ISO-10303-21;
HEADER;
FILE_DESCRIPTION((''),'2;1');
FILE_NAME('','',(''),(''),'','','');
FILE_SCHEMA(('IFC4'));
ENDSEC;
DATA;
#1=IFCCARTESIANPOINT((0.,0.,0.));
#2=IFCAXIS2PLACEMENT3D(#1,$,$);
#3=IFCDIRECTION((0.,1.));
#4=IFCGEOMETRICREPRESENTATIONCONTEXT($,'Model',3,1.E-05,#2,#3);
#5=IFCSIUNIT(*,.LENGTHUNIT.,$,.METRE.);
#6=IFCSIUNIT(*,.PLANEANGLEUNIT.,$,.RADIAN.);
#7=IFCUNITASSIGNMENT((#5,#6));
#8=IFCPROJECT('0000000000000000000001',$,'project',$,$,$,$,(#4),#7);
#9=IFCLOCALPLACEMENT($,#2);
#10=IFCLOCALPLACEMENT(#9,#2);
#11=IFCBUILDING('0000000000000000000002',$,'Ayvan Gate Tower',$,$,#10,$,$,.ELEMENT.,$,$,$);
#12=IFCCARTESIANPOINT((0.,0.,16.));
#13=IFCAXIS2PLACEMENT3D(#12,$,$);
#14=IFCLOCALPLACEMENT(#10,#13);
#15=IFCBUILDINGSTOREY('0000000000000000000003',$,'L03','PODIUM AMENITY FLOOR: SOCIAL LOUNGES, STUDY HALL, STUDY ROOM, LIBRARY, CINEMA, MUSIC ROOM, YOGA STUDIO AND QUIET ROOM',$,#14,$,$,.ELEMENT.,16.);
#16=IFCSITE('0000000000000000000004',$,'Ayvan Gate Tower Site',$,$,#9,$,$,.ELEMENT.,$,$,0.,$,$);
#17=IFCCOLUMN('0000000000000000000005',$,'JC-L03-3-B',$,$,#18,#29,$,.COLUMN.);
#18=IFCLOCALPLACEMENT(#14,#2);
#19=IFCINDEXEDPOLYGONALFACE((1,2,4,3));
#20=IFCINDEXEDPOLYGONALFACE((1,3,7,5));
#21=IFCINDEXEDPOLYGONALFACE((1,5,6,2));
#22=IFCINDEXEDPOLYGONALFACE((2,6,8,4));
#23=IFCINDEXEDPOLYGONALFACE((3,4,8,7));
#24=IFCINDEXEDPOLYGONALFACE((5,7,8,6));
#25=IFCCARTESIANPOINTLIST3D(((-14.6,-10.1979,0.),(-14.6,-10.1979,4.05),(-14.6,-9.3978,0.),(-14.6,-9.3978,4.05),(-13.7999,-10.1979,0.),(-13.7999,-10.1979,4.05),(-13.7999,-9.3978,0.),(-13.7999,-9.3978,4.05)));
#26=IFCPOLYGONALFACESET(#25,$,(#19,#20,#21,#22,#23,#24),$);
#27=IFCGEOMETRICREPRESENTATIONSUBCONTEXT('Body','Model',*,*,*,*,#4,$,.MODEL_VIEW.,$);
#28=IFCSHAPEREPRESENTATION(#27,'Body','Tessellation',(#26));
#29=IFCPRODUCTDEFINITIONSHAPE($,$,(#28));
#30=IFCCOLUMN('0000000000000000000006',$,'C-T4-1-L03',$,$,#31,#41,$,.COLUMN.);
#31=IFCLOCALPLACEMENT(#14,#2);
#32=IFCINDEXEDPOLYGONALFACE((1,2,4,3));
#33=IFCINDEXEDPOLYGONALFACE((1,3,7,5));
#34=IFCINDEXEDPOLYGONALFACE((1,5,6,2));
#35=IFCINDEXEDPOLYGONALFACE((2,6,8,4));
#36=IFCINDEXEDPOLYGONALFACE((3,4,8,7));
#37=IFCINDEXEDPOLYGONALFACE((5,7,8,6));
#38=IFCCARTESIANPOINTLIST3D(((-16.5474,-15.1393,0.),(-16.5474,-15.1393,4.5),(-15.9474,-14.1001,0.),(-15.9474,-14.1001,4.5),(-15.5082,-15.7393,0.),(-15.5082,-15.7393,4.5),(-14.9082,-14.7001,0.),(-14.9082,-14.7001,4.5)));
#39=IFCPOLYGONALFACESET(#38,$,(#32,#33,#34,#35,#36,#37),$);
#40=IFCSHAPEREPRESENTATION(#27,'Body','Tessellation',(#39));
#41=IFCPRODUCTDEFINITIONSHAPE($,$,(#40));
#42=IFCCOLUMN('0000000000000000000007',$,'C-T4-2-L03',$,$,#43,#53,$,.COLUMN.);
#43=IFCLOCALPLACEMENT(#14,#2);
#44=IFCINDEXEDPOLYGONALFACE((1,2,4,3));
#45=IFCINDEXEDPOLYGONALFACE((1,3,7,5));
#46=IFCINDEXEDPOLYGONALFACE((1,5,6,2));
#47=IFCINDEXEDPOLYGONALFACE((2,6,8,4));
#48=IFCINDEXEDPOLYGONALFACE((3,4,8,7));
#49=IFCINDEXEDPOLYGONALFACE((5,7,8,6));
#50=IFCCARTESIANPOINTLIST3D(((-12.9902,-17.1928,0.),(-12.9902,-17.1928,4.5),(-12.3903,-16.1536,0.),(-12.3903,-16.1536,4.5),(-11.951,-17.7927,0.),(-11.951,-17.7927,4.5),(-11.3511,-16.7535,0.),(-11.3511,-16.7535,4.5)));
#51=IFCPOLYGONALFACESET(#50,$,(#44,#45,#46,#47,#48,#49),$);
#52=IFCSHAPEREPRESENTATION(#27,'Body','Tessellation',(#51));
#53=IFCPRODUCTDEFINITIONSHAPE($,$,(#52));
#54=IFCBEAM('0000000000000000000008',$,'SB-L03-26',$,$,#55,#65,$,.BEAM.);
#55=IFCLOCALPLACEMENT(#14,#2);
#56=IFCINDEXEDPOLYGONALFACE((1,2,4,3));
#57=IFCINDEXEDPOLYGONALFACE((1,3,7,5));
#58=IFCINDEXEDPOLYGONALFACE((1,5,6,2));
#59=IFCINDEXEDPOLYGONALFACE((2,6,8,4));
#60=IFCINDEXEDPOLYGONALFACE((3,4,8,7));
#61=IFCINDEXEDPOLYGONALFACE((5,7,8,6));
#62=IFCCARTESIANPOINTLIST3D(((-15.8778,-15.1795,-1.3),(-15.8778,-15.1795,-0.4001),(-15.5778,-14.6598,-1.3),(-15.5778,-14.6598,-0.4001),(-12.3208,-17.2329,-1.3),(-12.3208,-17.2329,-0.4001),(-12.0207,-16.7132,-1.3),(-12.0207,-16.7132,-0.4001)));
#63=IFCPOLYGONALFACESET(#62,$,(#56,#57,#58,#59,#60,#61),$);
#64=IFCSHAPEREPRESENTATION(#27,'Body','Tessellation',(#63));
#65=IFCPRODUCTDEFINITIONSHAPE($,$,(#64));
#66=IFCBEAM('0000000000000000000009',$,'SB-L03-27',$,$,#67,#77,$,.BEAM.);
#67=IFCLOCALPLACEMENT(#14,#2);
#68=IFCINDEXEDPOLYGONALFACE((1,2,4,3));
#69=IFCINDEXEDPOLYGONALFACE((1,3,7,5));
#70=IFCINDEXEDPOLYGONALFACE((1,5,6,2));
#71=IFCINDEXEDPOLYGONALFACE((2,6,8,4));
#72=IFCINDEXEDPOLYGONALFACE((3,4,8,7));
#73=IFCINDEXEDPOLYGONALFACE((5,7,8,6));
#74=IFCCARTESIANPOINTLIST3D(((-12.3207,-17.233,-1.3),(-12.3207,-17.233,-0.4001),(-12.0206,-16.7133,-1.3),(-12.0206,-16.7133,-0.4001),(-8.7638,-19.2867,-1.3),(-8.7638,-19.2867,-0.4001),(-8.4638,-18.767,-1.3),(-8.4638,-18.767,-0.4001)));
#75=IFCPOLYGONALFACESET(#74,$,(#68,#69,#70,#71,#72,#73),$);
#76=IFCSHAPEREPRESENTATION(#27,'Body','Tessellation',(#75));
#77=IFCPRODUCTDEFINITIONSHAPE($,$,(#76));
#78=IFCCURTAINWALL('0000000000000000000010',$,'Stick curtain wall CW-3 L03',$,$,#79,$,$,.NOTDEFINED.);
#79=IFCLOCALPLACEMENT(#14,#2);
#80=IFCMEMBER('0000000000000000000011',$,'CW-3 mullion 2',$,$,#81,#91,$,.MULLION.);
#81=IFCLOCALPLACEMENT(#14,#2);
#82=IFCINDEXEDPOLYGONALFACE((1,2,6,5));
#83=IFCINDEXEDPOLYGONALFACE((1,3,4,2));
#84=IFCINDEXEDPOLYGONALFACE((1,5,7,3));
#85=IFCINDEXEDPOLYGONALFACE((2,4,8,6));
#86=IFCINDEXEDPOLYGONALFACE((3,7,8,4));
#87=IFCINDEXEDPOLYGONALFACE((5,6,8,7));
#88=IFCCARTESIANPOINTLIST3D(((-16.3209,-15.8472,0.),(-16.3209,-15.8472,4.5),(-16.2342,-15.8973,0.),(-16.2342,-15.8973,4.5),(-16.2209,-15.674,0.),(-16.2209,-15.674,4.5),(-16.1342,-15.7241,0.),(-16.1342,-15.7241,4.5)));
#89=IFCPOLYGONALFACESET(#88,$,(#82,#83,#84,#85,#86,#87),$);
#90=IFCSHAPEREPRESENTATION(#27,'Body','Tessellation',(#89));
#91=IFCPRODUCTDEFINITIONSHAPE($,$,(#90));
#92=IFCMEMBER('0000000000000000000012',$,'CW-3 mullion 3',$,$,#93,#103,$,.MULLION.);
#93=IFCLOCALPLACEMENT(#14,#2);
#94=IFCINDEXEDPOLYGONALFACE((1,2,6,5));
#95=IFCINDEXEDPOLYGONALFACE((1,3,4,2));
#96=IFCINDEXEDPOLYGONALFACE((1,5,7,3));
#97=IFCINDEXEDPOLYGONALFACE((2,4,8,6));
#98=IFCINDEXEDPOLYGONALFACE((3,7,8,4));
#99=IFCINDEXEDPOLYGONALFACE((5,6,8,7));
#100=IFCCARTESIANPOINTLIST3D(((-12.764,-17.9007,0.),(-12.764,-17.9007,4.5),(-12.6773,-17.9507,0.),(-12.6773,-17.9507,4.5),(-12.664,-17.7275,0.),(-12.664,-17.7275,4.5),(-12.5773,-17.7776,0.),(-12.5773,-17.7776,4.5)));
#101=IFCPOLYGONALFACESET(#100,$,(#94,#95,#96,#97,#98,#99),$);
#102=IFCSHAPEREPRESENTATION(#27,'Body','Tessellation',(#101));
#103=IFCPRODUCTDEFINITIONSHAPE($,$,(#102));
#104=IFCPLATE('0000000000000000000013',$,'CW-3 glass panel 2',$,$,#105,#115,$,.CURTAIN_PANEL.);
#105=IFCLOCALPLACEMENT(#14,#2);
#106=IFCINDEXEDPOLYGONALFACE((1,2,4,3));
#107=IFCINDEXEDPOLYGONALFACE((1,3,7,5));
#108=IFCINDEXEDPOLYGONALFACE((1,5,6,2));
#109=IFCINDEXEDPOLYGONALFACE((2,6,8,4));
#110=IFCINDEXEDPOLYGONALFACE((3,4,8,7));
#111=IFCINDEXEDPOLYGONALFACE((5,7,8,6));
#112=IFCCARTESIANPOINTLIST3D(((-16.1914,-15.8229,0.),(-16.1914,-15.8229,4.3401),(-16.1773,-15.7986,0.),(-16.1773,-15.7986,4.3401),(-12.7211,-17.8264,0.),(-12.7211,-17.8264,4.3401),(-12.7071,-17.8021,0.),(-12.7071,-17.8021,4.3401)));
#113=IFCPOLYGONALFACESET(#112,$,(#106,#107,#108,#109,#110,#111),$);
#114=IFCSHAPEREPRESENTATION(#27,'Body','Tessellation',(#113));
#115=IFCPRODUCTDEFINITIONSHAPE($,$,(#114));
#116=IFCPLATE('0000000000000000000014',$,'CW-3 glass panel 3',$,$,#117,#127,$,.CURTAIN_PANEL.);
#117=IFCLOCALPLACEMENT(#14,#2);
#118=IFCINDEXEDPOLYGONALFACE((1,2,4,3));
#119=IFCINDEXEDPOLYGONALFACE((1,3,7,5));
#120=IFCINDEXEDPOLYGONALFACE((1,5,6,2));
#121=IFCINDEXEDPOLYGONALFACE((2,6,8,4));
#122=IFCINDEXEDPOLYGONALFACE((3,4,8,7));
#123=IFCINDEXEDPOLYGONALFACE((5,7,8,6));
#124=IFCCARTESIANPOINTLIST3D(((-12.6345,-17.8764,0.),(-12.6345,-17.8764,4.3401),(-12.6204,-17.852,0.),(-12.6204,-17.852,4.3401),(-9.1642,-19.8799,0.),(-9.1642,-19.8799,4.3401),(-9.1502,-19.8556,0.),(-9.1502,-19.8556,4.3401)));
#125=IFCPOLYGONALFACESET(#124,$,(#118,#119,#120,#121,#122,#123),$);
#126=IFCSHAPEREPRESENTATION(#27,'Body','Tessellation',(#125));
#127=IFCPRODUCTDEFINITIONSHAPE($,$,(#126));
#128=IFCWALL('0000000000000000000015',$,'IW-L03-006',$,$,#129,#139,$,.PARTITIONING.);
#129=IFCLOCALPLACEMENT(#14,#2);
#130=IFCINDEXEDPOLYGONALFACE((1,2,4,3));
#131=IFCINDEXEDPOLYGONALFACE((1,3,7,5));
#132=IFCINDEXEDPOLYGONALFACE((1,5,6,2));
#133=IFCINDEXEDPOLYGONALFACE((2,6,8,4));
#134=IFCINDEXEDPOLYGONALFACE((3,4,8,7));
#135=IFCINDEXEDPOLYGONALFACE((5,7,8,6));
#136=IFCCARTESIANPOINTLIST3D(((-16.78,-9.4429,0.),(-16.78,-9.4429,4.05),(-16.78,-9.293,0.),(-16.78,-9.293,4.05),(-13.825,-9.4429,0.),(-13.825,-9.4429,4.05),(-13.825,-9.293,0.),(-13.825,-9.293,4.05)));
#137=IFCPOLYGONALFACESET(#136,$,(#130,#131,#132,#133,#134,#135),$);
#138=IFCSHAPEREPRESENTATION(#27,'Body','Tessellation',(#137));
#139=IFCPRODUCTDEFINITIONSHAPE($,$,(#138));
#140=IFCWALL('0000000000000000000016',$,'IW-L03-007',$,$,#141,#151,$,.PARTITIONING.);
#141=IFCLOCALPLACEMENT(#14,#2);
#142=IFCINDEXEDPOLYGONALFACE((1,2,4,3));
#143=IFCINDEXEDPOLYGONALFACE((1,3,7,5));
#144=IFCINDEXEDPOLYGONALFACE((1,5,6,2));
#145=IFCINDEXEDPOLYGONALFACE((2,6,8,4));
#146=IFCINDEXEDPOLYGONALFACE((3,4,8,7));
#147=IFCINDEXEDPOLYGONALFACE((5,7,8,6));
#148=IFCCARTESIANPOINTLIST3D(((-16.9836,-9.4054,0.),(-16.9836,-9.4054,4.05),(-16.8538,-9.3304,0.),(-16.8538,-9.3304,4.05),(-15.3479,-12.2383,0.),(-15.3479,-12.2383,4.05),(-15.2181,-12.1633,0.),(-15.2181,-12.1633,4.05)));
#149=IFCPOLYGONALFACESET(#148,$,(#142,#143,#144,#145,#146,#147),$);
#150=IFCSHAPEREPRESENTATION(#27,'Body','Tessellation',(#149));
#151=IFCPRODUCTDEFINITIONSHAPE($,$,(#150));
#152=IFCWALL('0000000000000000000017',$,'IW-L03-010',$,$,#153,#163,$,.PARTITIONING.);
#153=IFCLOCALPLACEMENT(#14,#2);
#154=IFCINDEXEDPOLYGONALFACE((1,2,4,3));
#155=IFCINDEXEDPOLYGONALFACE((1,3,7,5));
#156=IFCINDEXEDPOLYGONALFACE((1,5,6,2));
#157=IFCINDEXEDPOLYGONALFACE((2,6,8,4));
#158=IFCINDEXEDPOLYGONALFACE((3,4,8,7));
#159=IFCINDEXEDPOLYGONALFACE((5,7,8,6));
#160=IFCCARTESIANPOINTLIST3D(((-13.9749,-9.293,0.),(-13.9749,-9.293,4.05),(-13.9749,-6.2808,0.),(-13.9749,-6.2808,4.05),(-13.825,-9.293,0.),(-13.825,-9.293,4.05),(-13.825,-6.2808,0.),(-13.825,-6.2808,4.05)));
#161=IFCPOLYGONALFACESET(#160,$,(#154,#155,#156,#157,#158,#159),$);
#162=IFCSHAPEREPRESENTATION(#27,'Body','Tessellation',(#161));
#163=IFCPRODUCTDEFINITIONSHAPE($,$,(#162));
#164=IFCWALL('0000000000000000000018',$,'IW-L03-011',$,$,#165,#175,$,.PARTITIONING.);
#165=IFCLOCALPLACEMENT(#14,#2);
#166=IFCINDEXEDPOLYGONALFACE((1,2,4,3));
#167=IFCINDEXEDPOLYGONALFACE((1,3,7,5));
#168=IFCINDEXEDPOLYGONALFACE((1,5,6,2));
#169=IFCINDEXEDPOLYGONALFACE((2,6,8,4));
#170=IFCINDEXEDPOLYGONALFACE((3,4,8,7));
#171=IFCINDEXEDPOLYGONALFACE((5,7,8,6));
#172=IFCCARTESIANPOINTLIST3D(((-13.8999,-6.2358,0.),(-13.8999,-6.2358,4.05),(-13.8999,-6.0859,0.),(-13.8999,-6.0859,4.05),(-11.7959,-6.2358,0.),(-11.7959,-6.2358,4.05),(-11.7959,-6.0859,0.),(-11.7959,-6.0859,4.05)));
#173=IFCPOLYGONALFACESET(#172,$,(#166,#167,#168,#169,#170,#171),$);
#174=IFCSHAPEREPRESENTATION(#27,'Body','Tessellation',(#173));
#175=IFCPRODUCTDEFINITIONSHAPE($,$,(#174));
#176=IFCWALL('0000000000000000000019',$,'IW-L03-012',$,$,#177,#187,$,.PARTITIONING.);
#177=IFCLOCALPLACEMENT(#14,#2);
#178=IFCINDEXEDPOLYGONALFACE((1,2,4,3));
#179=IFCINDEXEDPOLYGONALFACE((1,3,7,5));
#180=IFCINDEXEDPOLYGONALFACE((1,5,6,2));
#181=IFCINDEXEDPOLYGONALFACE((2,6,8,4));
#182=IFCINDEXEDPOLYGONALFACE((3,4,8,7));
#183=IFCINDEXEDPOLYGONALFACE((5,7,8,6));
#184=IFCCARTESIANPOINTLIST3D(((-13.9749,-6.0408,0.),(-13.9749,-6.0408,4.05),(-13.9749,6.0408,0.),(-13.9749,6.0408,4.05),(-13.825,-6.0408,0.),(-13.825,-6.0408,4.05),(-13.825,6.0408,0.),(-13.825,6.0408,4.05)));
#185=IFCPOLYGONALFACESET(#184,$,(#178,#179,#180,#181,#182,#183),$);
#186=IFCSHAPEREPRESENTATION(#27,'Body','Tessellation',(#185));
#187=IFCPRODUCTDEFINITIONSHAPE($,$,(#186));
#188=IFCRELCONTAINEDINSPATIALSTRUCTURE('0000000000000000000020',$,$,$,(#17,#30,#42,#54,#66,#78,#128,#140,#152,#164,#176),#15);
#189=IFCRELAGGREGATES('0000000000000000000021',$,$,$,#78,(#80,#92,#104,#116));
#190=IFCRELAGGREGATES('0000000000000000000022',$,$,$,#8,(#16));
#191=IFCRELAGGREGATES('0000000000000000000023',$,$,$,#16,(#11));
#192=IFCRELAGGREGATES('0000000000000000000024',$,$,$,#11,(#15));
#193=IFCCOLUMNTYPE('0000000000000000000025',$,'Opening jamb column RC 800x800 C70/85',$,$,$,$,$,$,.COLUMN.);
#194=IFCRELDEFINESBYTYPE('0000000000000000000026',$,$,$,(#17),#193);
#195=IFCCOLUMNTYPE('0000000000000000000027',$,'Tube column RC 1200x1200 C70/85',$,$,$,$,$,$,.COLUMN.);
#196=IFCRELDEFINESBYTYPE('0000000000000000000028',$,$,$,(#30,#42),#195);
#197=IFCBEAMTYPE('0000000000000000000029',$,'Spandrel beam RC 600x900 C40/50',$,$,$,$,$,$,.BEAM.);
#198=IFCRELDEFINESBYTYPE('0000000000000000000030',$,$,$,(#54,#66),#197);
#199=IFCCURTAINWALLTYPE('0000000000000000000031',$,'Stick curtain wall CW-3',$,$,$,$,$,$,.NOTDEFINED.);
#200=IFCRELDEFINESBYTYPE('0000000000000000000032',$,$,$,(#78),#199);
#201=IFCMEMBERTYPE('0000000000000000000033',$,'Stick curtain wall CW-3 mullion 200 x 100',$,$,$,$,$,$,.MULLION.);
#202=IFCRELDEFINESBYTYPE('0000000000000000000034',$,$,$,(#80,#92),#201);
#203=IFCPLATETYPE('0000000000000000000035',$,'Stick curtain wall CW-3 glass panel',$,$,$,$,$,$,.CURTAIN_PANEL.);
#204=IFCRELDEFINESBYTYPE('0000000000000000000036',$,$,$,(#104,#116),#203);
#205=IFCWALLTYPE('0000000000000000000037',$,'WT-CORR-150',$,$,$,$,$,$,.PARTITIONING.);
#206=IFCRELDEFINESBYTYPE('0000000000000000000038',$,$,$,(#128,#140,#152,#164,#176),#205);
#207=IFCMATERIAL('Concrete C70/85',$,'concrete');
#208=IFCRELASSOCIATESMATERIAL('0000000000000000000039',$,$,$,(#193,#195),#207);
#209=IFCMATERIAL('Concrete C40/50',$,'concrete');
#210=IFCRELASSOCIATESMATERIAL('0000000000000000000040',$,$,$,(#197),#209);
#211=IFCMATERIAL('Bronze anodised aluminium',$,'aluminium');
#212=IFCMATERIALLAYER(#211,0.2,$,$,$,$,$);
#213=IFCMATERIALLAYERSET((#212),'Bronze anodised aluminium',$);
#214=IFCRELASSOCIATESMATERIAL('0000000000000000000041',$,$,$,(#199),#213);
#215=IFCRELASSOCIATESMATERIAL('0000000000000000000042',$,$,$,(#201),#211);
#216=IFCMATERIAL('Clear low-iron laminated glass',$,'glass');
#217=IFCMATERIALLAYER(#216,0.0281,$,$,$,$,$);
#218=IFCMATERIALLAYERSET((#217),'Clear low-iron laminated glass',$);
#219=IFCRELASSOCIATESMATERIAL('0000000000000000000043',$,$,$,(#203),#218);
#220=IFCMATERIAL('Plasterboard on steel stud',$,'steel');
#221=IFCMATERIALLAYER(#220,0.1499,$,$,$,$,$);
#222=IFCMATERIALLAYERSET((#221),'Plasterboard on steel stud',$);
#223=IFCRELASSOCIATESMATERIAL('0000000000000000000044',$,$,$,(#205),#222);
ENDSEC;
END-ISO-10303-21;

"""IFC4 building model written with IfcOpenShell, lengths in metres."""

from ifc_helpers import new_model, si_unit, direction, frame, frame_2d, origin, origin_2d, place, context, subcontext, project, spatial, rectangle, extrude, material, layer, layer_set, material_profile, profile_set, type_object, element, aggregate, save


model = new_model("IFC4")

# Units and contexts
model_context = context("Model", 3, precision=1e-05, world=origin(), true_north=direction((0.0, 1.0)))
body_context = subcontext(model_context, "Body", "Model", "MODEL_VIEW")
ifc_project = project(units=[si_unit("LENGTHUNIT", "METRE"), si_unit("PLANEANGLEUNIT", "RADIAN")], contexts=[model_context])

# Site, building, storey
site_placement = place(None, origin())
site = spatial("IfcSite", under=ifc_project, at=site_placement, Name="Ayvan Gate Tower Site", CompositionType="ELEMENT", RefElevation=0.0)
building_placement = place(site_placement, origin())
building = spatial("IfcBuilding", under=site, at=building_placement, Name="Ayvan Gate Tower", CompositionType="ELEMENT")
storey_placement = place(building_placement, frame((0.0, 0.0, 16.0)))
storey = spatial("IfcBuildingStorey", under=building, at=storey_placement, Name="L03", Description="PODIUM AMENITY FLOOR: SOCIAL LOUNGES, STUDY HALL, STUDY ROOM, LIBRARY, CINEMA, MUSIC ROOM, YOGA STUDIO AND QUIET ROOM", CompositionType="ELEMENT", Elevation=16.0)

# Columns
ifc_material_1 = material(Name="Concrete C70/85", Category="concrete")
ifc_material_profile_1 = material_profile(ifc_material_1, rectangle(XDim=0.8, YDim=0.8, at=origin_2d()), Name="RC 800x800")
ifc_profile_set_1 = profile_set([ifc_material_profile_1], Name="Concrete C70/85")
column_type_1 = type_object("IfcColumnType", Name="Opening jamb column RC 800x800 C70/85", PredefinedType="COLUMN", material=ifc_profile_set_1)
column_placement = place(storey_placement, frame((-14.2, -9.7979, 0.0), z_axis=(0.0, 0.0, 1.0), x_axis=(-1.0, 0.0, 0.0)))
element("IfcColumn", 1, at=column_placement, inside=storey, type_object=column_type_1, Name="JC-L03-3-B", PredefinedType="COLUMN", context=body_context, shape_type="SweptSolid", body=[
    extrude(rectangle(XDim=0.8, YDim=0.8, at=origin_2d()), origin(), (0.0, 0.0, 1.0), 4.05),
])
ifc_material_profile_2 = material_profile(ifc_material_1, rectangle(XDim=1.2, YDim=1.2, at=origin_2d()), Name="RC 1200x1200")
ifc_profile_set_2 = profile_set([ifc_material_profile_2], Name="Concrete C70/85")
column_type_2 = type_object("IfcColumnType", Name="Tube column RC 1200x1200 C70/85", PredefinedType="COLUMN", material=ifc_profile_set_2)
for number, where, z_axis, x_axis, name in (
    (2, (-15.7278, -14.9197, 0.0), (0.0, 0.0, 1.0), (-0.5, -0.866025, 0.0), "C-T4-1-L03"),
    (3, (-12.1707, -16.9731, 0.0), (0.0, 0.0, 1.0), (-0.5, -0.866025, 0.0), "C-T4-2-L03"),
):
    element("IfcColumn", number, at=place(storey_placement, frame(where, z_axis=z_axis, x_axis=x_axis)), inside=storey, type_object=column_type_2, Name=name, PredefinedType="COLUMN", context=body_context, shape_type="SweptSolid", body=[
        extrude(rectangle(XDim=1.2, YDim=1.2, at=origin_2d()), origin(), (0.0, 0.0, 1.0), 4.5),
    ])

# Beams
ifc_material_2 = material(Name="Concrete C40/50", Category="concrete")
ifc_material_profile_3 = material_profile(ifc_material_2, rectangle(XDim=0.6001, YDim=0.8999, at=origin_2d()), Name="RC 600x900")
ifc_profile_set_3 = profile_set([ifc_material_profile_3], Name="Concrete C40/50")
beam_type = type_object("IfcBeamType", Name="Spandrel beam RC 600x900 C40/50", PredefinedType="BEAM", material=ifc_profile_set_3)
for number, where, z_axis, x_axis, name in (
    (4, (-15.7278, -14.9197, -0.8501), (0.866051, -0.499956, 0.0), (0.499956, 0.866051, 0.0), "SB-L03-26"),
    (5, (-12.1707, -16.9731, -0.8501), (0.86601, -0.500026, 0.0), (0.500026, 0.86601, 0.0), "SB-L03-27"),
):
    element("IfcBeam", number, at=place(storey_placement, frame(where, z_axis=z_axis, x_axis=x_axis)), inside=storey, type_object=beam_type, Name=name, PredefinedType="BEAM", context=body_context, shape_type="SweptSolid", body=[
        extrude(rectangle(XDim=0.6001, YDim=0.8999, at=origin_2d()), origin(), (0.0, 0.0, 1.0), 4.1072),
    ])

# Curtain wall, members, plates
ifc_material_3 = material(Name="Bronze anodised aluminium", Category="aluminium")
ifc_layer_1 = layer(ifc_material_3, 0.2)
ifc_layer_set_1 = layer_set([ifc_layer_1], Name="Bronze anodised aluminium")
curtain_wall_type = type_object("IfcCurtainWallType", Name="Stick curtain wall CW-3", PredefinedType="NOTDEFINED", material=ifc_layer_set_1)
curtain_wall_placement = place(storey_placement, origin())
curtain_wall = element("IfcCurtainWall", 6, at=curtain_wall_placement, inside=storey, type_object=curtain_wall_type, Name="Stick curtain wall CW-3 L03", PredefinedType="NOTDEFINED")
ifc_material_profile_4 = material_profile(ifc_material_3, rectangle(XDim=0.2, YDim=0.1001, at=origin_2d()), Name="Stick curtain wall CW-3 mullion 200 x 100")
ifc_profile_set_4 = profile_set([ifc_material_profile_4], Name="Bronze anodised aluminium")
member_type = type_object("IfcMemberType", Name="Stick curtain wall CW-3 mullion 200 x 100", PredefinedType="MULLION", material=ifc_profile_set_4)
member_1_placement = place(storey_placement, frame((-16.2275, -15.7856, 0.0), z_axis=(0.0, 0.0, 1.0), x_axis=(-0.5, -0.866025, 0.0)))
member_1 = element("IfcMember", 7, at=member_1_placement, type_object=member_type, Name="CW-3 mullion 2", PredefinedType="MULLION", context=body_context, shape_type="SweptSolid", body=[
    extrude(rectangle(XDim=0.2, YDim=0.1001, at=origin_2d()), origin(), (0.0, 0.0, 1.0), 4.5),
])
member_2_placement = place(storey_placement, frame((-12.6707, -17.8391, 0.0), z_axis=(0.0, 0.0, 1.0), x_axis=(-0.5, -0.866025, 0.0)))
member_2 = element("IfcMember", 8, at=member_2_placement, type_object=member_type, Name="CW-3 mullion 3", PredefinedType="MULLION", context=body_context, shape_type="SweptSolid", body=[
    extrude(rectangle(XDim=0.2, YDim=0.1001, at=origin_2d()), origin(), (0.0, 0.0, 1.0), 4.5),
])
ifc_material_4 = material(Name="Clear low-iron laminated glass", Category="glass")
ifc_layer_2 = layer(ifc_material_4, 0.0281)
ifc_layer_set_2 = layer_set([ifc_layer_2], Name="Clear low-iron laminated glass")
plate_type = type_object("IfcPlateType", Name="Stick curtain wall CW-3 glass panel", PredefinedType="CURTAIN_PANEL", material=ifc_layer_set_2)
plate_1_placement = place(storey_placement, frame((-14.4492, -16.8125, 0.0), z_axis=(0.0, 0.0, 1.0), x_axis=(0.866025, -0.5, 0.0)))
plate_1 = element("IfcPlate", 9, at=plate_1_placement, type_object=plate_type, Name="CW-3 glass panel 2", PredefinedType="CURTAIN_PANEL", context=body_context, shape_type="SweptSolid", body=[
    extrude(rectangle(XDim=4.0071, YDim=0.0281, at=origin_2d()), origin(), (0.0, 0.0, 1.0), 4.3401),
])
plate_2_placement = place(storey_placement, frame((-10.8923, -18.866, 0.0), z_axis=(0.0, 0.0, 1.0), x_axis=(0.866025, -0.5, 0.0)))
plate_2 = element("IfcPlate", 10, at=plate_2_placement, type_object=plate_type, Name="CW-3 glass panel 3", PredefinedType="CURTAIN_PANEL", context=body_context, shape_type="SweptSolid", body=[
    extrude(rectangle(XDim=4.0071, YDim=0.0281, at=origin_2d()), origin(), (0.0, 0.0, 1.0), 4.3401),
])
aggregate(curtain_wall, [member_1, member_2, plate_1, plate_2])

# Walls
ifc_material_5 = material(Name="Plasterboard on steel stud", Category="steel")
ifc_layer_3 = layer(ifc_material_5, 0.1499)
ifc_layer_set_3 = layer_set([ifc_layer_3], Name="Plasterboard on steel stud")
wall_type_1 = type_object("IfcWallType", Name="WT-CORR-150", PredefinedType="PARTITIONING", material=ifc_layer_set_3)
wall_1_placement = place(storey_placement, frame((-16.78, -9.3679, 0.0), z_axis=(0.0, 0.0, 1.0), x_axis=(1.0, 0.0, 0.0)))
element("IfcWall", 11, at=wall_1_placement, inside=storey, type_object=wall_type_1, Name="IW-L03-006", PredefinedType="PARTITIONING", context=body_context, shape_type="SweptSolid", body=[
    extrude(rectangle(XDim=2.9551, YDim=0.1499, at=frame_2d((1.4775, 0.0))), origin(), (0.0, 0.0, 1.0), 4.05),
])
wall_2_placement = place(storey_placement, frame((-15.283, -12.2009, 0.0), z_axis=(0.0, 0.0, 1.0), x_axis=(-0.500024, 0.866012, 0.0)))
element("IfcWall", 12, at=wall_2_placement, inside=storey, type_object=wall_type_1, Name="IW-L03-007", PredefinedType="PARTITIONING", context=body_context, shape_type="SweptSolid", body=[
    extrude(rectangle(XDim=3.2712, YDim=0.1499, at=frame_2d((1.6357, 0.0))), origin(), (0.0, 0.0, 1.0), 4.05),
])
wall_3_placement = place(storey_placement, frame((-13.8999, -9.293, 0.0), z_axis=(0.0, 0.0, 1.0), x_axis=(0.0, 1.0, 0.0)))
element("IfcWall", 13, at=wall_3_placement, inside=storey, type_object=wall_type_1, Name="IW-L03-010", PredefinedType="PARTITIONING", context=body_context, shape_type="SweptSolid", body=[
    extrude(rectangle(XDim=3.0122, YDim=0.1499, at=frame_2d((1.5061, 0.0))), origin(), (0.0, 0.0, 1.0), 4.05),
])
wall_4_placement = place(storey_placement, frame((-13.8999, -6.1609, 0.0), z_axis=(0.0, 0.0, 1.0), x_axis=(1.0, 0.0, 0.0)))
element("IfcWall", 14, at=wall_4_placement, inside=storey, type_object=wall_type_1, Name="IW-L03-011", PredefinedType="PARTITIONING", context=body_context, shape_type="SweptSolid", body=[
    extrude(rectangle(XDim=2.104, YDim=0.1499, at=frame_2d((1.052, 0.0))), origin(), (0.0, 0.0, 1.0), 4.05),
])
wall_5_placement = place(storey_placement, frame((-13.8999, -6.0408, 0.0), z_axis=(0.0, 0.0, 1.0), x_axis=(0.0, 1.0, 0.0)))
element("IfcWall", 15, at=wall_5_placement, inside=storey, type_object=wall_type_1, Name="IW-L03-012", PredefinedType="PARTITIONING", context=body_context, shape_type="SweptSolid", body=[
    extrude(rectangle(XDim=12.0815, YDim=0.1499, at=frame_2d((6.0408, 0.0))), origin(), (0.0, 0.0, 1.0), 4.05),
])

save(model, "model.ifc")
